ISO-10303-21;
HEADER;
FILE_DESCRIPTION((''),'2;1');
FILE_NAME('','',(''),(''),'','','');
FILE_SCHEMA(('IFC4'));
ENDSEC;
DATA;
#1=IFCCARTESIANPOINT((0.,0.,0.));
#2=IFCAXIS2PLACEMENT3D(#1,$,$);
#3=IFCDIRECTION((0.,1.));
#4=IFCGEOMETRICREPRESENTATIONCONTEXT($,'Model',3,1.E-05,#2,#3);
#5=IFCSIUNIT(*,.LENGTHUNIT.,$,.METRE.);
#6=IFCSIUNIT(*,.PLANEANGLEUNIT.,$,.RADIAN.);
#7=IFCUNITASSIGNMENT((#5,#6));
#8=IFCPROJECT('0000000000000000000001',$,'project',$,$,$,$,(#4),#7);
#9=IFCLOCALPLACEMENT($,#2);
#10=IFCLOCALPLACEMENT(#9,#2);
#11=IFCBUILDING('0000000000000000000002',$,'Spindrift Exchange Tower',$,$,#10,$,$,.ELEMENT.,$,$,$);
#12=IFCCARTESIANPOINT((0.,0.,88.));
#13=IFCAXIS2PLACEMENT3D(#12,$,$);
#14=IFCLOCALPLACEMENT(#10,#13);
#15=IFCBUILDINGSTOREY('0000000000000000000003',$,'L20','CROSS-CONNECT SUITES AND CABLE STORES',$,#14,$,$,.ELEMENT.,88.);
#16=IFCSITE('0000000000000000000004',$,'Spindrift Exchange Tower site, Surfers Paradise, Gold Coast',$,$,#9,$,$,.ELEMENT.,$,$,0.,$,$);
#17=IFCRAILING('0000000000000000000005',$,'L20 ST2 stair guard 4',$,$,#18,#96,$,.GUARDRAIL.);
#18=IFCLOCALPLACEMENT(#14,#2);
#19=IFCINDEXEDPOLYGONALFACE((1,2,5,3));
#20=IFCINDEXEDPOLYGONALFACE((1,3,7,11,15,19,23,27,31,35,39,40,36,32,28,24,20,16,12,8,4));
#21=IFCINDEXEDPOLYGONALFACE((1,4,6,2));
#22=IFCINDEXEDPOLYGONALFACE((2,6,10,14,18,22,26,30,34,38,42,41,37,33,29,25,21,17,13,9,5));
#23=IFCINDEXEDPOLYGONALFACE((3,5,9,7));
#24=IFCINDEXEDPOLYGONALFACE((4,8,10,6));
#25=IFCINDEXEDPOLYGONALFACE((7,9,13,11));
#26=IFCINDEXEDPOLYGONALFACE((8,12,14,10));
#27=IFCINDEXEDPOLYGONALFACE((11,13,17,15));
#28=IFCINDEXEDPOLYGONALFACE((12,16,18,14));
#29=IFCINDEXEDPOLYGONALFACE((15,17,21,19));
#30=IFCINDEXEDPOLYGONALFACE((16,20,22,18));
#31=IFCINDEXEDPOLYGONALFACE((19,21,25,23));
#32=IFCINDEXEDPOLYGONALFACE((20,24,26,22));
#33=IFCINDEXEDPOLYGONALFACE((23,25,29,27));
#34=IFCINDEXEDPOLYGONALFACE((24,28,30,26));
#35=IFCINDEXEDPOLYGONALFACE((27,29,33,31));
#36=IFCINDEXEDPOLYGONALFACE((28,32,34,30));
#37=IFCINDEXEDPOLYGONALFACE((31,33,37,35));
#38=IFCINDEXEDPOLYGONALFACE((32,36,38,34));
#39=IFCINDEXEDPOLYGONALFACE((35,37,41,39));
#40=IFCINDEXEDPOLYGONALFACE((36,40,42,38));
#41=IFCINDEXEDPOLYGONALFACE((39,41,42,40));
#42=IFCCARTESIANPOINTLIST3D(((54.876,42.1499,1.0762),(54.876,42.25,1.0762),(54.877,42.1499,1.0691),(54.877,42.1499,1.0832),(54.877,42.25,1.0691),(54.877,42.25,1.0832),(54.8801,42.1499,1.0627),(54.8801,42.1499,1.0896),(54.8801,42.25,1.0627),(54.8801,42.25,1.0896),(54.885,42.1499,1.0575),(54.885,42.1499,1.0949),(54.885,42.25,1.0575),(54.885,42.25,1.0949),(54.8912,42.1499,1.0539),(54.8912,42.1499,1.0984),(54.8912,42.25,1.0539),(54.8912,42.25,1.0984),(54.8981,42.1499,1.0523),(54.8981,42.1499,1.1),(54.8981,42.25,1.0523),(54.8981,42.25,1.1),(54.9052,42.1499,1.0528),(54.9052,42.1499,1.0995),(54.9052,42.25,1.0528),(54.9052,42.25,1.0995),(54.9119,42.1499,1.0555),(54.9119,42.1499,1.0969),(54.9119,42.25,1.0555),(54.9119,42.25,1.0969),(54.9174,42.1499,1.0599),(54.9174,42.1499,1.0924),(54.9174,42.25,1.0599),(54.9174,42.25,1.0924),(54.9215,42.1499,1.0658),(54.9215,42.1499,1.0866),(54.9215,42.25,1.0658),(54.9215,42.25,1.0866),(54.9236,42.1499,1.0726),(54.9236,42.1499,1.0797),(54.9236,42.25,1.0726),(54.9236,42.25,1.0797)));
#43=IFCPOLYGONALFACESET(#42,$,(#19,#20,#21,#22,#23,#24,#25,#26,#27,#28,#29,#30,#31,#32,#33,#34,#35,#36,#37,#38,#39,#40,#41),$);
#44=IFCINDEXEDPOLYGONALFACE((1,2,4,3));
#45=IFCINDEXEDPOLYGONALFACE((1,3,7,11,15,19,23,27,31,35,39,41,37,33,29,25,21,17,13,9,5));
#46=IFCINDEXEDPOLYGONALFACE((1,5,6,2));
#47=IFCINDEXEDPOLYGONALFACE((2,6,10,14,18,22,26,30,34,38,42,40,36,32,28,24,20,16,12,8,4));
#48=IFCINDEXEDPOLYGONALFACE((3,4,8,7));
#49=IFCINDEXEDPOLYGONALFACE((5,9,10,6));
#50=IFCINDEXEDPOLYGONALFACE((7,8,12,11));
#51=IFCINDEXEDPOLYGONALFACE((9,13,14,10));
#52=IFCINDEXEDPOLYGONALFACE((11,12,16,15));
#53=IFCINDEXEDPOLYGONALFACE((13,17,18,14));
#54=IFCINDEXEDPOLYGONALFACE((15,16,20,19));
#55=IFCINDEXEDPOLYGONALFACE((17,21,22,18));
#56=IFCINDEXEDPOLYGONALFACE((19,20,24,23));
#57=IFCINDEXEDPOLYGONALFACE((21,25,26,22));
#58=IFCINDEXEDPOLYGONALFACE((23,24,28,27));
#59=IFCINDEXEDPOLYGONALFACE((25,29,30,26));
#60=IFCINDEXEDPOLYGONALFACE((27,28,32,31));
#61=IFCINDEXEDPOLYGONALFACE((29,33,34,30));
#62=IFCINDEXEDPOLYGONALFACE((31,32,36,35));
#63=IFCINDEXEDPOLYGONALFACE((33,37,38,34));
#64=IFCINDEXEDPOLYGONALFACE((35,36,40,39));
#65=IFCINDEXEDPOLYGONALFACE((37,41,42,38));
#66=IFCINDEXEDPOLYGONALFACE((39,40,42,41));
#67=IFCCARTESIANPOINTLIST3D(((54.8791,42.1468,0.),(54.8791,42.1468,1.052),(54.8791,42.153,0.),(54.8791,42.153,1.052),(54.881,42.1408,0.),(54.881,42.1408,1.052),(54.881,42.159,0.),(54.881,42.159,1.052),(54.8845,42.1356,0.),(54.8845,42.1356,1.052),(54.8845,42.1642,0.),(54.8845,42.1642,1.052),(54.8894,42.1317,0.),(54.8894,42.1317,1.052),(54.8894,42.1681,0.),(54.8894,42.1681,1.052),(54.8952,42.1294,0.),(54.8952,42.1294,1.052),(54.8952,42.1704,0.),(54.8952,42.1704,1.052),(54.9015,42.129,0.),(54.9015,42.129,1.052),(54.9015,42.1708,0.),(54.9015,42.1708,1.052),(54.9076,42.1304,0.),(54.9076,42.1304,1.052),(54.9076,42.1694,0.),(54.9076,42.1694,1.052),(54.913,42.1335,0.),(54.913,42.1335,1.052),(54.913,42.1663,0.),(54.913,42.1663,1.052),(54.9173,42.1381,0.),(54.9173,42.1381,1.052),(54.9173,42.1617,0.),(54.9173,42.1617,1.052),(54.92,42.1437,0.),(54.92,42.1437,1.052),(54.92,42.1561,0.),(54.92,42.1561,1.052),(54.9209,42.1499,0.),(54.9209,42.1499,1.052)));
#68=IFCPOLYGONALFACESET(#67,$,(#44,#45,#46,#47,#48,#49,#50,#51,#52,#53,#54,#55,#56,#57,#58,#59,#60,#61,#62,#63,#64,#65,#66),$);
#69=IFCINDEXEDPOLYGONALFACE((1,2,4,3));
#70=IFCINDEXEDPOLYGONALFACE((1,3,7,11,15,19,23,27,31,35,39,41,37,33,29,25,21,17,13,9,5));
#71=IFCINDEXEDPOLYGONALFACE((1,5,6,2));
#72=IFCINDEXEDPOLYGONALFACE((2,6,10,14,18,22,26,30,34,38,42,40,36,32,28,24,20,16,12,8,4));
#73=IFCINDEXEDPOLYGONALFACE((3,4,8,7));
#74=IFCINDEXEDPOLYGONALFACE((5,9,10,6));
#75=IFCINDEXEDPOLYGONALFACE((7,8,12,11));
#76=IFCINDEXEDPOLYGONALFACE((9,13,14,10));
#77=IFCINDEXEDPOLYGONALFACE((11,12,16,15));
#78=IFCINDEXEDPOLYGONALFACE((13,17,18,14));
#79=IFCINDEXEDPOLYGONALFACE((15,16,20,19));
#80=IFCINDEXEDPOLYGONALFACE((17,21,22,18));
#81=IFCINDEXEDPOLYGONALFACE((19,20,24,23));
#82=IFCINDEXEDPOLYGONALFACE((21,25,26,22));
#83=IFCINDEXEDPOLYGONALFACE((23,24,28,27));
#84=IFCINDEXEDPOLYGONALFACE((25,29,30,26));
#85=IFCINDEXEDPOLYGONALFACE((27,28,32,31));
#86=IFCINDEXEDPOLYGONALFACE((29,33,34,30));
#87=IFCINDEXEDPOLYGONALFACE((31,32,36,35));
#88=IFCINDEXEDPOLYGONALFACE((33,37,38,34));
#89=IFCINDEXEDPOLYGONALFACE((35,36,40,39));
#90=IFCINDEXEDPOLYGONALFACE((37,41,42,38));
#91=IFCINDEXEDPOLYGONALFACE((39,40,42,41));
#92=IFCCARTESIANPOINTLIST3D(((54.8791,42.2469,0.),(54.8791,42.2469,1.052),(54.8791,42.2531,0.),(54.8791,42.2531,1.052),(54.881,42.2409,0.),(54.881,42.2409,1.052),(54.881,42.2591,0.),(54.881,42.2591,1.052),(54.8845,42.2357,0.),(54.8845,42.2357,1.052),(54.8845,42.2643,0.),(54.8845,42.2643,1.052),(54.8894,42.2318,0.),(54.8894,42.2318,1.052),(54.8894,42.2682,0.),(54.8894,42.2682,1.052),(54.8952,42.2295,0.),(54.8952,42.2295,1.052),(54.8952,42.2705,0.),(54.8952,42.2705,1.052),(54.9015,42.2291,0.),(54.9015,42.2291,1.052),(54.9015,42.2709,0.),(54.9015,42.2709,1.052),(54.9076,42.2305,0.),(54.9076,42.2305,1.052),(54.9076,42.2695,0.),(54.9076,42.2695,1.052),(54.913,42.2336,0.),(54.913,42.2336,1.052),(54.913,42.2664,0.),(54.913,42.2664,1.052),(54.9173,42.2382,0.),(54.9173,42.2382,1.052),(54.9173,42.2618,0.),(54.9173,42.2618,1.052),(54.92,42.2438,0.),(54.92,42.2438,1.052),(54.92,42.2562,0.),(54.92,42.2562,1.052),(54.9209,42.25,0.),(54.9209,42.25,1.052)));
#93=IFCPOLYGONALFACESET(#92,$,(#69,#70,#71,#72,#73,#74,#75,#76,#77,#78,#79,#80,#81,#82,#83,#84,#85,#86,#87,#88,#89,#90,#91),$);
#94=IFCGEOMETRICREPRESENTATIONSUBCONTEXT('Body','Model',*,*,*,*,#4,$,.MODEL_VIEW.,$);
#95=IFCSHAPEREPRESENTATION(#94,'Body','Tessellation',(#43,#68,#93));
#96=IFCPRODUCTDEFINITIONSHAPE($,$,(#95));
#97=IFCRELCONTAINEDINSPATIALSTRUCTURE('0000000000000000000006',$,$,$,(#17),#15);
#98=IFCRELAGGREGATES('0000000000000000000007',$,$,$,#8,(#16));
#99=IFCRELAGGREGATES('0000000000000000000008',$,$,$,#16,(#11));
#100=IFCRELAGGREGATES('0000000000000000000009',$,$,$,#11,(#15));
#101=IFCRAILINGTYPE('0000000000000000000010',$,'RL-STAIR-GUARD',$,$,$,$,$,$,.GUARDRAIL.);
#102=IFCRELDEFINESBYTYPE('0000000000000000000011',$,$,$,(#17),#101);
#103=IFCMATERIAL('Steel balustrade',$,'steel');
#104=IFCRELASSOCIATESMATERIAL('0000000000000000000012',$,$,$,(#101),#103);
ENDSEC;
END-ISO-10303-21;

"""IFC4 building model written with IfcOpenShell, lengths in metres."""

from ifc_helpers import new_model, si_unit, direction, frame, origin, origin_2d, place, context, subcontext, project, spatial, circle, extrude, material, type_object, element, save


model = new_model("IFC4")

# Units and contexts
model_context = context("Model", 3, precision=1e-05, world=origin(), true_north=direction((0.0, 1.0)))
body_context = subcontext(model_context, "Body", "Model", "MODEL_VIEW")
ifc_project = project(units=[si_unit("LENGTHUNIT", "METRE"), si_unit("PLANEANGLEUNIT", "RADIAN")], contexts=[model_context])

# Site, building, storey
site_placement = place(None, origin())
site = spatial("IfcSite", under=ifc_project, at=site_placement, Name="Spindrift Exchange Tower site, Surfers Paradise, Gold Coast", CompositionType="ELEMENT", RefElevation=0.0)
building_placement = place(site_placement, origin())
building = spatial("IfcBuilding", under=site, at=building_placement, Name="Spindrift Exchange Tower", CompositionType="ELEMENT")
storey_placement = place(building_placement, frame((0.0, 0.0, 88.0)))
storey = spatial("IfcBuildingStorey", under=building, at=storey_placement, Name="L20", Description="CROSS-CONNECT SUITES AND CABLE STORES", CompositionType="ELEMENT", Elevation=88.0)

# Railing
ifc_material_1 = material(Name="Steel balustrade", Category="steel")
railing_type_1 = type_object("IfcRailingType", Name="RL-STAIR-GUARD", PredefinedType="GUARDRAIL", material=ifc_material_1)
railing_1_placement = place(storey_placement, frame((54.8999, 42.1499, 0.0)))
element("IfcRailing", 1, at=railing_1_placement, inside=storey, type_object=railing_type_1, Name="L20 ST2 stair guard 4", PredefinedType="GUARDRAIL", context=body_context, shape_type="SweptSolid", body=[
    extrude(circle(Radius=0.0239, at=origin_2d()), frame((0.0, 0.0, 1.0762), z_axis=(0.0, 1.0, 0.0), x_axis=(-1.0, 0.0, 0.0)), (0.0, 0.0, 1.0), 0.1001),
    extrude(circle(Radius=0.021, at=origin_2d()), origin(), (0.0, 0.0, 1.0), 1.052),
    extrude(circle(Radius=0.021, at=origin_2d()), frame((0.0, 0.1001, 0.0)), (0.0, 0.0, 1.0), 1.052),
])

save(model, "model.ifc")
